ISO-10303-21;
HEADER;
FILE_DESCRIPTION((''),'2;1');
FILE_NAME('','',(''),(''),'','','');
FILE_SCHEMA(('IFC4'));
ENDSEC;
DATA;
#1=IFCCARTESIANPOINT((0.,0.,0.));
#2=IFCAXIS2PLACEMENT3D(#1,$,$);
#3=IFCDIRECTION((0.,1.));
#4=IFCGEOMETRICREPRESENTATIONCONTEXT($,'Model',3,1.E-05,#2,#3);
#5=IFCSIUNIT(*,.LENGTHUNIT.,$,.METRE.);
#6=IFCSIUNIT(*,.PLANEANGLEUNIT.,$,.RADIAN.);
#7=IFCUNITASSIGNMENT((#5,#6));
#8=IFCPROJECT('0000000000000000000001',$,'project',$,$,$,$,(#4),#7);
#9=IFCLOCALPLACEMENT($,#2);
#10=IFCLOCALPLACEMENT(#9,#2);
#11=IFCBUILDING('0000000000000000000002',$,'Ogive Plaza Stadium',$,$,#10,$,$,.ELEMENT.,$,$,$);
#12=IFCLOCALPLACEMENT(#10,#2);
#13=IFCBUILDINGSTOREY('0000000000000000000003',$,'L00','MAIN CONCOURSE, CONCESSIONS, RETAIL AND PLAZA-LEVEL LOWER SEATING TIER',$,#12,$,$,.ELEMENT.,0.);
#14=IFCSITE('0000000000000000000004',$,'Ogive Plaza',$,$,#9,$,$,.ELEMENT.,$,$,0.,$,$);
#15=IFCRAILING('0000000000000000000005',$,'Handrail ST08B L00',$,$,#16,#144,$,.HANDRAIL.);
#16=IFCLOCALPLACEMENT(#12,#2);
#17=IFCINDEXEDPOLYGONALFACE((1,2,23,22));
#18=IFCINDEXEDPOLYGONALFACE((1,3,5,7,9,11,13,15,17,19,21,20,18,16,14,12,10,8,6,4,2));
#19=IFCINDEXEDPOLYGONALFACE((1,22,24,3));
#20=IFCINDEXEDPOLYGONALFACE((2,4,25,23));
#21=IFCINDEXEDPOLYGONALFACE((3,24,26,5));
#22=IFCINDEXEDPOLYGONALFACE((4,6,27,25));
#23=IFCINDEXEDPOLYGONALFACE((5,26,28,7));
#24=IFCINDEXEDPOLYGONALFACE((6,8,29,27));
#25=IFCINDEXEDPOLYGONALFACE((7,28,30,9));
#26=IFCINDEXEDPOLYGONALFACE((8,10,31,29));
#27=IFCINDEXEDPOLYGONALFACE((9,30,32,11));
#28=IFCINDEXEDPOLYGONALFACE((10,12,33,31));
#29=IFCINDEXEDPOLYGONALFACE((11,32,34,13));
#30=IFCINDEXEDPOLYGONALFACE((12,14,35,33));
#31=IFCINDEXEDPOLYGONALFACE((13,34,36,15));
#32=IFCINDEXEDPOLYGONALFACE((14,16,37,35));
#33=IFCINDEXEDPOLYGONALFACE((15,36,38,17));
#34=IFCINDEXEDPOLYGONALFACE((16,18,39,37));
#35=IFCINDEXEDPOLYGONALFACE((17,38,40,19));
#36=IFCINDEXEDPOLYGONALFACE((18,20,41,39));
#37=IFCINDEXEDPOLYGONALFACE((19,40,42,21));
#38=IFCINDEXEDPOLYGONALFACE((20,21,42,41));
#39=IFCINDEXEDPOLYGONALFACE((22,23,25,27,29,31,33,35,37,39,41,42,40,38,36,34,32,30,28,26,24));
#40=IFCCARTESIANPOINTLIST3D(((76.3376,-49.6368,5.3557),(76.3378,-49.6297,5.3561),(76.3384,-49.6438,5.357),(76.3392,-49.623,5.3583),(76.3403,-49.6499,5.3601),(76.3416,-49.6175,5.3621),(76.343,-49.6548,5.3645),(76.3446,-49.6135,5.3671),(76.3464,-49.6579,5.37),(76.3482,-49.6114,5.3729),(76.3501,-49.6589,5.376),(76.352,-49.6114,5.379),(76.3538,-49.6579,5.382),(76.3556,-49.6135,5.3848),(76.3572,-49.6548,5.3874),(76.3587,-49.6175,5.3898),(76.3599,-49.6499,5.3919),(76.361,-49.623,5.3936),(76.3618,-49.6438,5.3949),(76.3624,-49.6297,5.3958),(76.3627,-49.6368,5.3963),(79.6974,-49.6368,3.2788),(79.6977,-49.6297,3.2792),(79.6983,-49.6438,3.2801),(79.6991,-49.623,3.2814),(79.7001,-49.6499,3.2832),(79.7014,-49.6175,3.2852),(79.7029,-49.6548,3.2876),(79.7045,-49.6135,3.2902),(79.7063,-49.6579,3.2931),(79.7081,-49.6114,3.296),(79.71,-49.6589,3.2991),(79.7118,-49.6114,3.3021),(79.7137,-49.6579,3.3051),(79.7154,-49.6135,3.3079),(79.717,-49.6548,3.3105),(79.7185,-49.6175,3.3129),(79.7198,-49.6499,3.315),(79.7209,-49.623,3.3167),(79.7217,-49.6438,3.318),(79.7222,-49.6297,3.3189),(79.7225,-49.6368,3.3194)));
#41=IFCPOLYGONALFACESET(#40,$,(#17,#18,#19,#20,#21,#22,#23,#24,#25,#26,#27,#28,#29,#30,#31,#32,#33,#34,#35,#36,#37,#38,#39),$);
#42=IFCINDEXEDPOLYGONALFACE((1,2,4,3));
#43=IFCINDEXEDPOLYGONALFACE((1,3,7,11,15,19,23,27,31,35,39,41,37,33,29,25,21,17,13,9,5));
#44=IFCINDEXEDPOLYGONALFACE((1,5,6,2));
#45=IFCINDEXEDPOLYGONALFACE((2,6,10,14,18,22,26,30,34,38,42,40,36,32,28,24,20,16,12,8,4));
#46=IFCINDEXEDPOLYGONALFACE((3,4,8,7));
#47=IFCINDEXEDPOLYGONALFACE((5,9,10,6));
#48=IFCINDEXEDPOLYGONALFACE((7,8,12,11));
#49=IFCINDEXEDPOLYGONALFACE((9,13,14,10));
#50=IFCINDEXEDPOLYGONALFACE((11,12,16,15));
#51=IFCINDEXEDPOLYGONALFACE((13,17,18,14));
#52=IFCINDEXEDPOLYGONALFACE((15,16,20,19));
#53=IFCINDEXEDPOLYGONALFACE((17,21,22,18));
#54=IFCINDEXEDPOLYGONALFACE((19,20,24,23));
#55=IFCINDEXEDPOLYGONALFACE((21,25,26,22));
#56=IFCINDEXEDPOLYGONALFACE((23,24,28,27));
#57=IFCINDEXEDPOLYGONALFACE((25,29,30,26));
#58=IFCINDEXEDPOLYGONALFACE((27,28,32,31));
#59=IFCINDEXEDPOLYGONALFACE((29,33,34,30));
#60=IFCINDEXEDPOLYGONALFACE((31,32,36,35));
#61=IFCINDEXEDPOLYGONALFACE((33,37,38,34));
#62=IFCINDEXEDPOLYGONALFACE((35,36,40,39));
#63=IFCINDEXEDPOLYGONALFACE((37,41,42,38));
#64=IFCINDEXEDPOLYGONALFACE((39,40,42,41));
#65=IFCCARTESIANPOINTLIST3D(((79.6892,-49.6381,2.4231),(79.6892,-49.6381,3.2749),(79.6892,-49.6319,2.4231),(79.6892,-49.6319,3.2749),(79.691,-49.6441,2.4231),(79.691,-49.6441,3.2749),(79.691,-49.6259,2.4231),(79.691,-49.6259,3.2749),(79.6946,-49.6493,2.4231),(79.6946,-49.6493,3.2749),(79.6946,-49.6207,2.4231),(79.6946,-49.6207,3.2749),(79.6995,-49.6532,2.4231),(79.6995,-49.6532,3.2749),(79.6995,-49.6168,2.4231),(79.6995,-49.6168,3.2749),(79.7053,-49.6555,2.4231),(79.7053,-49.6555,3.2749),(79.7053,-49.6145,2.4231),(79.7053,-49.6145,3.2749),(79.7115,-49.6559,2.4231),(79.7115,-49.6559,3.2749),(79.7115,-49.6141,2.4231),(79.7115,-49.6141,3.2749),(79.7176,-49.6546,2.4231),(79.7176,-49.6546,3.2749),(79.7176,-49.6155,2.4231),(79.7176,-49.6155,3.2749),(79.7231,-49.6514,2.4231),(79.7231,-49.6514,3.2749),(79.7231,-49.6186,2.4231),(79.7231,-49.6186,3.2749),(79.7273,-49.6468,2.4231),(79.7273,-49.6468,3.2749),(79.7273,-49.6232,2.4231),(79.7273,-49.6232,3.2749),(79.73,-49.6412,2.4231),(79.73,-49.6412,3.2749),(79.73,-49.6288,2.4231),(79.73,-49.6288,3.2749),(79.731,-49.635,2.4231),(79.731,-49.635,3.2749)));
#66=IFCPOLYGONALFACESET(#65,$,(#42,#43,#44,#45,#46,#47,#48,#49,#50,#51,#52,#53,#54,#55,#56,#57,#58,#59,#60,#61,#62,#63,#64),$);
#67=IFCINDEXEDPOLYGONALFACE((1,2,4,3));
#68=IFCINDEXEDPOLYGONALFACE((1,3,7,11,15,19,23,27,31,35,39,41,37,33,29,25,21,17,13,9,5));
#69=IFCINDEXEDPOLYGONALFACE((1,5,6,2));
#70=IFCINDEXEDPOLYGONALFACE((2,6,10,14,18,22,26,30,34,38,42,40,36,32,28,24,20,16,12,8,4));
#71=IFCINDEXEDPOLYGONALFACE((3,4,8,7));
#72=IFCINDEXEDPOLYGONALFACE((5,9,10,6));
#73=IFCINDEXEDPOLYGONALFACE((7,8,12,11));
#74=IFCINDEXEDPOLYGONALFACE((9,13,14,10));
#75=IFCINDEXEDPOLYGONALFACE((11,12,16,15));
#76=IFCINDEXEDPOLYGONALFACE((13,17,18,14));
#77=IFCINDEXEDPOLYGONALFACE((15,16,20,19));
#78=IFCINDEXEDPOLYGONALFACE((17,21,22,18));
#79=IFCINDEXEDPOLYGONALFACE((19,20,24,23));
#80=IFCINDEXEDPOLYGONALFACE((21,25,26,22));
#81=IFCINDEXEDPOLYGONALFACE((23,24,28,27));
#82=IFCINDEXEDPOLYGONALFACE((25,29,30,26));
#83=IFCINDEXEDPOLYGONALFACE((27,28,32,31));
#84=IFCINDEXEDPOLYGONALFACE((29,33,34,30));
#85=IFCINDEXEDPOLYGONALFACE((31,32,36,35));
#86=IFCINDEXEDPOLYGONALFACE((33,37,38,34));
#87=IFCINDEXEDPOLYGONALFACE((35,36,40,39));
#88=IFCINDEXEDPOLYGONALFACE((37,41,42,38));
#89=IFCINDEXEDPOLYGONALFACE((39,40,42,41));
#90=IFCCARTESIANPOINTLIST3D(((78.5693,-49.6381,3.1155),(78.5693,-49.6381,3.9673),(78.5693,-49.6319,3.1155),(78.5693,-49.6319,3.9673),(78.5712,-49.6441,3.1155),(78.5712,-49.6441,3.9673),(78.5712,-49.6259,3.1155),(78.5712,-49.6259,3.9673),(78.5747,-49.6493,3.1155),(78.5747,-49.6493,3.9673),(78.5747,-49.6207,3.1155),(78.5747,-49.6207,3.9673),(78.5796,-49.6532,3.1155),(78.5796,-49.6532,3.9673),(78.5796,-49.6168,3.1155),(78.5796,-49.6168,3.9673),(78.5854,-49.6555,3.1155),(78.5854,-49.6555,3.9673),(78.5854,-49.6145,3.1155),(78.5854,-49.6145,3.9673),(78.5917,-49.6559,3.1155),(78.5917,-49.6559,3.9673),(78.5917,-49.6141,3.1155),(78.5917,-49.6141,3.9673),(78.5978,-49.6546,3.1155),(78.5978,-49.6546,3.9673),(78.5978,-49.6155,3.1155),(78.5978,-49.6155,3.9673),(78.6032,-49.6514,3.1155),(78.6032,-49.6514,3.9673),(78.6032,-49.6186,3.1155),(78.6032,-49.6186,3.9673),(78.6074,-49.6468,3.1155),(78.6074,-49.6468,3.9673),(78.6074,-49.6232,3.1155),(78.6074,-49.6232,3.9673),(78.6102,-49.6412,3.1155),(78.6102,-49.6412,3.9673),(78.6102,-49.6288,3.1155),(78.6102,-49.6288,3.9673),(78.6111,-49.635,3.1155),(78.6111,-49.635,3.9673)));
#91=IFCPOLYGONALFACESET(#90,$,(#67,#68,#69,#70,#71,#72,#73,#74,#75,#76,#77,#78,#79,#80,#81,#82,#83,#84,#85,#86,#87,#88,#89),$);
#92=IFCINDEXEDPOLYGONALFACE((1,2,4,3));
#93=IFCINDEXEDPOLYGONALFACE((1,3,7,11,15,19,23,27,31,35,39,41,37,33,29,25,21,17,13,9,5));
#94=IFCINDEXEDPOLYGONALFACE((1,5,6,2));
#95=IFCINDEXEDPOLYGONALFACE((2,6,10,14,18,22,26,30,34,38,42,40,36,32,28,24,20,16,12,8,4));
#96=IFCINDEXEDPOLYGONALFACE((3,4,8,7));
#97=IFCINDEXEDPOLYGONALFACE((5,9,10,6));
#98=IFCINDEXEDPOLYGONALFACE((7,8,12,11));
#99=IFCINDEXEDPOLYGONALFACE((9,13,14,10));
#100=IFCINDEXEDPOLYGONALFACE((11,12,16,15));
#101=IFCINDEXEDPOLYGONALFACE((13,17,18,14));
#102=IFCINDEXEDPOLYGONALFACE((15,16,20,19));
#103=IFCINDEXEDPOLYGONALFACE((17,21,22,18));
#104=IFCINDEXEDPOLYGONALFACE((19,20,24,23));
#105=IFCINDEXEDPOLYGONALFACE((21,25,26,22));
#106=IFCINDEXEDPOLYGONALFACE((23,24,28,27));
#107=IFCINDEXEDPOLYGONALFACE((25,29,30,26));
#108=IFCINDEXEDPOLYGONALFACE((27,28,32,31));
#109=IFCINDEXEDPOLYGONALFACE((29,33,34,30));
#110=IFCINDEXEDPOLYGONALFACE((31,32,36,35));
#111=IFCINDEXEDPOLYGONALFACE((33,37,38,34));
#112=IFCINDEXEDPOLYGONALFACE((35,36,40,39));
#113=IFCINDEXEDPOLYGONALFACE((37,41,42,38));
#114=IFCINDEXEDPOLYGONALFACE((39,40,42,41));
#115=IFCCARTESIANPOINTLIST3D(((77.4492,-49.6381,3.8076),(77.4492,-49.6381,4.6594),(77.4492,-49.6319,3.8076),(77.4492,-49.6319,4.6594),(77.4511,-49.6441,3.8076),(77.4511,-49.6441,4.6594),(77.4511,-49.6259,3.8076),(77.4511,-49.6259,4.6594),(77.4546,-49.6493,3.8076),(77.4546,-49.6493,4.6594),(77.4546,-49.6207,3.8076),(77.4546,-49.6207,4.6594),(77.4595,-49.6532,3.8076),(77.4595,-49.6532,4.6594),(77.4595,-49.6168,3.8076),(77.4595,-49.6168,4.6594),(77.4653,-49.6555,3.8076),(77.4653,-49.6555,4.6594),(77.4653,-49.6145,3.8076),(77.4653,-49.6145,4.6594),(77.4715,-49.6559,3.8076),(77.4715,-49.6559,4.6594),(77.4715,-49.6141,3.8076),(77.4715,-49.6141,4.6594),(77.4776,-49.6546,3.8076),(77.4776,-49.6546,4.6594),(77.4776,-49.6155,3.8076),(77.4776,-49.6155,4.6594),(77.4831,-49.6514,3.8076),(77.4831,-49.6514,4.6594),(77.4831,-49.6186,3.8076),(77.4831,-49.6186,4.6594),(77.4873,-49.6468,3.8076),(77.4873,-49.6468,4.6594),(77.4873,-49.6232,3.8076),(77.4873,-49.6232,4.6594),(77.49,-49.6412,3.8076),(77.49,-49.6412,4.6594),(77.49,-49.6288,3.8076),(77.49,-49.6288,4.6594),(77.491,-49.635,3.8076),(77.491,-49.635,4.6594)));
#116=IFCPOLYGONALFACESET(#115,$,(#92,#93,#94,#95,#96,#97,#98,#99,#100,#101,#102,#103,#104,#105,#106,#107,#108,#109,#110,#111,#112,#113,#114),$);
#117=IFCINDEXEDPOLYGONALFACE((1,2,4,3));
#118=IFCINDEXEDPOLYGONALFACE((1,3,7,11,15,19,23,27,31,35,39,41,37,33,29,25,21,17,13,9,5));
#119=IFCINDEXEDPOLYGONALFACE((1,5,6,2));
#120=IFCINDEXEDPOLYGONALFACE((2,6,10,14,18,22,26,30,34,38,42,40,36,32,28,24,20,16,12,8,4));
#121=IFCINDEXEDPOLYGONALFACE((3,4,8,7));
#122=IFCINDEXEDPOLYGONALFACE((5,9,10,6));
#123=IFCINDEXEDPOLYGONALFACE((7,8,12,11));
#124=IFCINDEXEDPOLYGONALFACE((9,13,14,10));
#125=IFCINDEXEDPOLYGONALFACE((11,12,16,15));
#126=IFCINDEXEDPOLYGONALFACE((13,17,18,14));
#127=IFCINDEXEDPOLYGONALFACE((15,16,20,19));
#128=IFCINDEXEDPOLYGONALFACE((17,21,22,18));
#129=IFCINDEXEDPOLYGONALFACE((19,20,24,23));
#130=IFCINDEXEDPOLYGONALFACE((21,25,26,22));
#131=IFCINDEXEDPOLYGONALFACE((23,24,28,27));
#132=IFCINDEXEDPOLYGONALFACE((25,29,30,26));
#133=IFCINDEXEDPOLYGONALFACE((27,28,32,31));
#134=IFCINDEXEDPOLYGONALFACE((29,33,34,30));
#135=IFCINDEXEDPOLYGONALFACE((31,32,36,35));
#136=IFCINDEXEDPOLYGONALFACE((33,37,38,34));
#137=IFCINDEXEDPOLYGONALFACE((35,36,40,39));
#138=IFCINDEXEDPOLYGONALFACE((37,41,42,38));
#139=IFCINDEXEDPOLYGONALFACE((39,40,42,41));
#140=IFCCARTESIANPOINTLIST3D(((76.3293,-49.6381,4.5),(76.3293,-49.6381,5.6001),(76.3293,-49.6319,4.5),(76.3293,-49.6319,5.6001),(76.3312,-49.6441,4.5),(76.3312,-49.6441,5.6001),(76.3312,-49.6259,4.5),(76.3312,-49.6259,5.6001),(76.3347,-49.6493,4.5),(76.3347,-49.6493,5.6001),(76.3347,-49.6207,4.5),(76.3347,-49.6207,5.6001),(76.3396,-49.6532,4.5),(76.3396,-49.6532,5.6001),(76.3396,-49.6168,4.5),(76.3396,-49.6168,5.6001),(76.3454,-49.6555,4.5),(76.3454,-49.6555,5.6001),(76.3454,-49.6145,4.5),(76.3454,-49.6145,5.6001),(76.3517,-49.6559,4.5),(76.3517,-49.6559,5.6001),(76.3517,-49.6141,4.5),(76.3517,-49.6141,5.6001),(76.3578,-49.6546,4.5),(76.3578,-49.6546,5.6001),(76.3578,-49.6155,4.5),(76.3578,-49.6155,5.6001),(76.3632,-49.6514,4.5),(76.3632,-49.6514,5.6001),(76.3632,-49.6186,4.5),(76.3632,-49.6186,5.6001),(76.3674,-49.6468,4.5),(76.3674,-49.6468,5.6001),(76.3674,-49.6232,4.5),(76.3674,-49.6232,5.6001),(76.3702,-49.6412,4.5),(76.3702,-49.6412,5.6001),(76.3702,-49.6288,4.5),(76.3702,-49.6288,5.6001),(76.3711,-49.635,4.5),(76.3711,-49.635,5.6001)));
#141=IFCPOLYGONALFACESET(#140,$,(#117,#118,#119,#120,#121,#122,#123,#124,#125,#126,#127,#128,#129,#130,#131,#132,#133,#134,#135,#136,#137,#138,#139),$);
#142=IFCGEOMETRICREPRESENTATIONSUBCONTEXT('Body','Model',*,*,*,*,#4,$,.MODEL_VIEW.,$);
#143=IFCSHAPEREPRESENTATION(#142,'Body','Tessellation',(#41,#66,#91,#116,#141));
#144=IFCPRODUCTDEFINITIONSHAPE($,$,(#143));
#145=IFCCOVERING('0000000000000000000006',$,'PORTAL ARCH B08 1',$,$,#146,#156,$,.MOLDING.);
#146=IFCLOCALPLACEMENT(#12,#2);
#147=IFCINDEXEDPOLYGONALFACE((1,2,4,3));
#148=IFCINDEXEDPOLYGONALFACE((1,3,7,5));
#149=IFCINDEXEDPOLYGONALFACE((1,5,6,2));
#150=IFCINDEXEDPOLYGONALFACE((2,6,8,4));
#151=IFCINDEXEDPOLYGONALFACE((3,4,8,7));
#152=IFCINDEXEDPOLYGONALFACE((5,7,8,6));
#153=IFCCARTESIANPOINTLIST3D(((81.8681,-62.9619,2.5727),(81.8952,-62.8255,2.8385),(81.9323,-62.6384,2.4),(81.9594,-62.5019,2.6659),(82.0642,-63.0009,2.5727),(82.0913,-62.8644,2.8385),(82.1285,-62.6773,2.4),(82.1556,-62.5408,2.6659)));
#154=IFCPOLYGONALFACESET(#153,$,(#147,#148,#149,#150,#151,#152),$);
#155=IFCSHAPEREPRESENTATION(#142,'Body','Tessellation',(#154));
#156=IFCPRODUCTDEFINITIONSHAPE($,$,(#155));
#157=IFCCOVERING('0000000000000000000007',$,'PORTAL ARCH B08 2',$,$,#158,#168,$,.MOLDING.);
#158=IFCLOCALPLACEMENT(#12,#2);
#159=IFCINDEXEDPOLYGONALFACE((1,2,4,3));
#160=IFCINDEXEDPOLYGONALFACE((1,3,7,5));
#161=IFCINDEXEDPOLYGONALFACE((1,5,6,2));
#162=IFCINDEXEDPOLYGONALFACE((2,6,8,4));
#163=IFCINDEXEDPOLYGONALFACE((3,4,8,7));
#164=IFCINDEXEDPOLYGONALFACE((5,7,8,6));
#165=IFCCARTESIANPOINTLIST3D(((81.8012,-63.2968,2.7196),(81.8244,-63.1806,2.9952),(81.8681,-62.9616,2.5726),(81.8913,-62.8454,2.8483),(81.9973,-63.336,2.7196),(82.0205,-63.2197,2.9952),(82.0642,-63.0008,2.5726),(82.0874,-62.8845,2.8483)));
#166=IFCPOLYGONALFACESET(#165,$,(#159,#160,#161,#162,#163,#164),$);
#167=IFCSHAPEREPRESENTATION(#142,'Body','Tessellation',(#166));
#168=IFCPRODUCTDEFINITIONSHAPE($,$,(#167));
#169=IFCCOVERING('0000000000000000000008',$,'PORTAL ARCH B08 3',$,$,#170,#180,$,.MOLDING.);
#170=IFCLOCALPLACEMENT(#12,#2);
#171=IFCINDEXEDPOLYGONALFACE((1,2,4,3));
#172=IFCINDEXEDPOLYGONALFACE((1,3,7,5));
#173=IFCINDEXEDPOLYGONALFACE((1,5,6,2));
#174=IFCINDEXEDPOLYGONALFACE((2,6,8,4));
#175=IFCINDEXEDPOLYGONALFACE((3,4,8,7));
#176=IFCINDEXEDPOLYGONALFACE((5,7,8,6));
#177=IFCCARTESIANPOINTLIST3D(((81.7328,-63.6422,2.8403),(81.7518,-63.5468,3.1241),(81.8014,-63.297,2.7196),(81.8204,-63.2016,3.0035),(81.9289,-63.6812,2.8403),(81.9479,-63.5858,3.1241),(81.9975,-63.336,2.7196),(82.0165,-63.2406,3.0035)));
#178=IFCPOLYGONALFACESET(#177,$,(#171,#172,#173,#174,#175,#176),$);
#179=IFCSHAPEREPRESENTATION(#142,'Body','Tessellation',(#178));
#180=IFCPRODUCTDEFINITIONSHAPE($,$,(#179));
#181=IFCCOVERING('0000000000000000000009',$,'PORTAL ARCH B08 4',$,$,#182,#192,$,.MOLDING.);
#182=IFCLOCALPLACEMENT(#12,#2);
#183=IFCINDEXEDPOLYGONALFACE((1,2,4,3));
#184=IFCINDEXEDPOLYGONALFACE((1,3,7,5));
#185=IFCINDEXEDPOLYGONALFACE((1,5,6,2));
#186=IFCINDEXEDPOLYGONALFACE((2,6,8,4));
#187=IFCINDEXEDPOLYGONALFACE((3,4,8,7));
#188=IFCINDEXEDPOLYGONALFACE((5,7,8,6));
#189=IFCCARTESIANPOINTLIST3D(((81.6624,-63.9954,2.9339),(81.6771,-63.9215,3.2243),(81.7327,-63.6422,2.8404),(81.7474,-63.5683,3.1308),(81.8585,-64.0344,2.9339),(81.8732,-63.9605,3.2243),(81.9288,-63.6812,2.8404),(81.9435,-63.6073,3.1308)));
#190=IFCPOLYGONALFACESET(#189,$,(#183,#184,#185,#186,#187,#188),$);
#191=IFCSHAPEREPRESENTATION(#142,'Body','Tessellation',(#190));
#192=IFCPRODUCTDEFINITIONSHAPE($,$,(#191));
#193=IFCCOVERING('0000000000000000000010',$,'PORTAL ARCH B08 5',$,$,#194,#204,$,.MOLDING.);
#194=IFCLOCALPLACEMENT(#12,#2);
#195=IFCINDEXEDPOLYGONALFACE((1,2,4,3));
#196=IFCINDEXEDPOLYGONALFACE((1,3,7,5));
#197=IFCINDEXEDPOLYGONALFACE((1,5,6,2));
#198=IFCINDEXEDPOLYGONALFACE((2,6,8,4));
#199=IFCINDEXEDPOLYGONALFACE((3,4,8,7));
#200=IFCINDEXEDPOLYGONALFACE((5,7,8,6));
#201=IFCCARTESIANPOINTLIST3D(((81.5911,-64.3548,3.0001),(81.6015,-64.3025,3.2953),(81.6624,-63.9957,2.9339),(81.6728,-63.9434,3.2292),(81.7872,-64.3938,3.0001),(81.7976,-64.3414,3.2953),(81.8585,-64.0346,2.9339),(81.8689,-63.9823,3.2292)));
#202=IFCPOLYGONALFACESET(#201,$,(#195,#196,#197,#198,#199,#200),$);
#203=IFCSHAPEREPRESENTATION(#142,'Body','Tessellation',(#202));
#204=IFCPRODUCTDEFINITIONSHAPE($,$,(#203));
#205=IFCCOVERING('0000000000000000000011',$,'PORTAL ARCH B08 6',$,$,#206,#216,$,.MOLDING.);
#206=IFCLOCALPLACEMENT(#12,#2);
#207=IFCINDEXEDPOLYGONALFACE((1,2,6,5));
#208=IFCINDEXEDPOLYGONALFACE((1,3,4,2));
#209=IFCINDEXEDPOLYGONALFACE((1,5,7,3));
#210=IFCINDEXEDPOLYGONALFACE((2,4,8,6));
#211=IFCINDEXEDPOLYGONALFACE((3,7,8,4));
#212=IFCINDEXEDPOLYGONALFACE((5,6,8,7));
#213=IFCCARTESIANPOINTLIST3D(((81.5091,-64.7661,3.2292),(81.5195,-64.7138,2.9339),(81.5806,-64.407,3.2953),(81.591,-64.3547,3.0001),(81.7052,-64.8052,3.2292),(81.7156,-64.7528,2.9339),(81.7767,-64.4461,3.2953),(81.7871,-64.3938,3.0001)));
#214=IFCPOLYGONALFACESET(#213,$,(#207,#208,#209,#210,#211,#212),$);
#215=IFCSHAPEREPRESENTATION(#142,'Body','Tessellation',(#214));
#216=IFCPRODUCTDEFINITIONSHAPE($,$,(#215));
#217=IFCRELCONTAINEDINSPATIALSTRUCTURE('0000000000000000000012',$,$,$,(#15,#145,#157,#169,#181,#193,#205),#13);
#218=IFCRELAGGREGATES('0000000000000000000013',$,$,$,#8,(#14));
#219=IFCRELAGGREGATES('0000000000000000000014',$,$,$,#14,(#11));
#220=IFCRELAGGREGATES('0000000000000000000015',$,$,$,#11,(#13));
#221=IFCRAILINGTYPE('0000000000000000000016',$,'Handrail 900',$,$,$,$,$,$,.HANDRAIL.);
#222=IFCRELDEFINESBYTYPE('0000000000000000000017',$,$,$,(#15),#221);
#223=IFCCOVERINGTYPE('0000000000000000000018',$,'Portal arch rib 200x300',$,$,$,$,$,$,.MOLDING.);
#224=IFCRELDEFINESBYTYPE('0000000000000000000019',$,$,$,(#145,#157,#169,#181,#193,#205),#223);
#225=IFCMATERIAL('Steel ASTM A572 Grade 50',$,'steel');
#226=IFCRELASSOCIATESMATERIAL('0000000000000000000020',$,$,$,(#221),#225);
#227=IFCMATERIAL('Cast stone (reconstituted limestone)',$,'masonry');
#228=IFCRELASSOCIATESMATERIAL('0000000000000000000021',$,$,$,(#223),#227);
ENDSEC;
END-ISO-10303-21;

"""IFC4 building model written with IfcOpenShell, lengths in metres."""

from ifc_helpers import new_model, si_unit, direction, frame, origin, origin_2d, place, context, subcontext, project, spatial, rectangle, circle, extrude, material, material_profile, profile_set, type_object, element, save


model = new_model("IFC4")

# Units and contexts
model_context = context("Model", 3, precision=1e-05, world=origin(), true_north=direction((0.0, 1.0)))
body_context = subcontext(model_context, "Body", "Model", "MODEL_VIEW")
ifc_project = project(units=[si_unit("LENGTHUNIT", "METRE"), si_unit("PLANEANGLEUNIT", "RADIAN")], contexts=[model_context])

# Site, building, storey
site_placement = place(None, origin())
site = spatial("IfcSite", under=ifc_project, at=site_placement, Name="Ogive Plaza", CompositionType="ELEMENT", RefElevation=0.0)
building_placement = place(site_placement, origin())
building = spatial("IfcBuilding", under=site, at=building_placement, Name="Ogive Plaza Stadium", CompositionType="ELEMENT")
storey_placement = place(building_placement, origin())
storey = spatial("IfcBuildingStorey", under=building, at=storey_placement, Name="L00", Description="MAIN CONCOURSE, CONCESSIONS, RETAIL AND PLAZA-LEVEL LOWER SEATING TIER", CompositionType="ELEMENT", Elevation=0.0)

# Railing
ifc_material_1 = material(Name="Steel ASTM A572 Grade 50", Category="steel")
railing_type_1 = type_object("IfcRailingType", Name="Handrail 900", PredefinedType="HANDRAIL", material=ifc_material_1)
for number, where, name in (
    (1, (79.71, -49.635, 2.4231), "Handrail ST08B L00"),
):
    element("IfcRailing", number, at=place(storey_placement, frame(where)), inside=storey, type_object=railing_type_1, Name=name, PredefinedType="HANDRAIL", context=body_context, shape_type="SweptSolid", body=[
        extrude(circle(Radius=0.0239, at=origin_2d()), frame((0.0, 0.0, 0.876), z_axis=(-0.850606, 0.0, 0.525803), x_axis=(0.0, -1.0, 0.0)), (0.0, 0.0, 1.0), 3.95),
        extrude(circle(Radius=0.021, at=origin_2d()), origin(), (0.0, 0.0, 1.0), 0.8518),
        extrude(circle(Radius=0.021, at=origin_2d()), frame((-1.1199, 0.0, 0.6924)), (0.0, 0.0, 1.0), 0.8518),
        extrude(circle(Radius=0.021, at=origin_2d()), frame((-2.24, 0.0, 1.3845)), (0.0, 0.0, 1.0), 0.8518),
        extrude(circle(Radius=0.021, at=origin_2d()), frame((-3.3599, 0.0, 2.0769)), (0.0, 0.0, 1.0), 1.1001),
    ])

# Coverings
ifc_material_2 = material(Name="Cast stone (reconstituted limestone)", Category="masonry")
ifc_material_profile = material_profile(ifc_material_2, rectangle(XDim=0.2, YDim=0.3, at=origin_2d()), Name="Cast stone 200x300")
ifc_profile_set = profile_set([ifc_material_profile], Name="Cast stone (reconstituted limestone)")
covering_type = type_object("IfcCoveringType", Name="Portal arch rib 200x300", PredefinedType="MOLDING", material=ifc_profile_set)
covering_placement = place(storey_placement, frame((82.0439, -62.5896, 2.533), z_axis=(-0.172495, -0.869036, 0.463704), x_axis=(0.980864, -0.194692, 0.0)))
element("IfcCovering", 2, at=covering_placement, inside=storey, type_object=covering_type, Name="PORTAL ARCH B08 1", PredefinedType="MOLDING", context=body_context, shape_type="SweptSolid", body=[
    extrude(rectangle(XDim=0.2, YDim=0.3, at=origin_2d()), origin(), (0.0, 0.0, 1.0), 0.3723),
])
for number, where, z_axis, x_axis, name in (
    (3, (81.9778, -62.9231, 2.7104), (-0.179789, -0.900912, 0.39501), (0.980663, -0.195704, 0.0), "PORTAL ARCH B08 2"),
    (4, (81.9089, -63.2688, 2.8616), (-0.18439, -0.927858, 0.32416), (0.98082, -0.194915, 0.0), "PORTAL ARCH B08 3"),
    (5, (81.8381, -63.6248, 2.9856), (-0.188941, -0.949298, 0.251265), (0.980763, -0.195204, 0.0), "PORTAL ARCH B08 4"),
    (6, (81.7656, -63.989, 3.0815), (-0.191602, -0.965229, 0.177823), (0.980862, -0.194705, 0.0), "PORTAL ARCH B08 5"),
    (7, (81.6838, -64.4004, 3.1477), (-0.192234, -0.965108, -0.1778), (0.980734, -0.195347, 0.0), "PORTAL ARCH B08 6"),
):
    element("IfcCovering", number, at=place(storey_placement, frame(where, z_axis=z_axis, x_axis=x_axis)), inside=storey, type_object=covering_type, Name=name, PredefinedType="MOLDING", context=body_context, shape_type="SweptSolid", body=[
        extrude(rectangle(XDim=0.2, YDim=0.3, at=origin_2d()), origin(), (0.0, 0.0, 1.0), 0.3721),
    ])

save(model, "model.ifc")
